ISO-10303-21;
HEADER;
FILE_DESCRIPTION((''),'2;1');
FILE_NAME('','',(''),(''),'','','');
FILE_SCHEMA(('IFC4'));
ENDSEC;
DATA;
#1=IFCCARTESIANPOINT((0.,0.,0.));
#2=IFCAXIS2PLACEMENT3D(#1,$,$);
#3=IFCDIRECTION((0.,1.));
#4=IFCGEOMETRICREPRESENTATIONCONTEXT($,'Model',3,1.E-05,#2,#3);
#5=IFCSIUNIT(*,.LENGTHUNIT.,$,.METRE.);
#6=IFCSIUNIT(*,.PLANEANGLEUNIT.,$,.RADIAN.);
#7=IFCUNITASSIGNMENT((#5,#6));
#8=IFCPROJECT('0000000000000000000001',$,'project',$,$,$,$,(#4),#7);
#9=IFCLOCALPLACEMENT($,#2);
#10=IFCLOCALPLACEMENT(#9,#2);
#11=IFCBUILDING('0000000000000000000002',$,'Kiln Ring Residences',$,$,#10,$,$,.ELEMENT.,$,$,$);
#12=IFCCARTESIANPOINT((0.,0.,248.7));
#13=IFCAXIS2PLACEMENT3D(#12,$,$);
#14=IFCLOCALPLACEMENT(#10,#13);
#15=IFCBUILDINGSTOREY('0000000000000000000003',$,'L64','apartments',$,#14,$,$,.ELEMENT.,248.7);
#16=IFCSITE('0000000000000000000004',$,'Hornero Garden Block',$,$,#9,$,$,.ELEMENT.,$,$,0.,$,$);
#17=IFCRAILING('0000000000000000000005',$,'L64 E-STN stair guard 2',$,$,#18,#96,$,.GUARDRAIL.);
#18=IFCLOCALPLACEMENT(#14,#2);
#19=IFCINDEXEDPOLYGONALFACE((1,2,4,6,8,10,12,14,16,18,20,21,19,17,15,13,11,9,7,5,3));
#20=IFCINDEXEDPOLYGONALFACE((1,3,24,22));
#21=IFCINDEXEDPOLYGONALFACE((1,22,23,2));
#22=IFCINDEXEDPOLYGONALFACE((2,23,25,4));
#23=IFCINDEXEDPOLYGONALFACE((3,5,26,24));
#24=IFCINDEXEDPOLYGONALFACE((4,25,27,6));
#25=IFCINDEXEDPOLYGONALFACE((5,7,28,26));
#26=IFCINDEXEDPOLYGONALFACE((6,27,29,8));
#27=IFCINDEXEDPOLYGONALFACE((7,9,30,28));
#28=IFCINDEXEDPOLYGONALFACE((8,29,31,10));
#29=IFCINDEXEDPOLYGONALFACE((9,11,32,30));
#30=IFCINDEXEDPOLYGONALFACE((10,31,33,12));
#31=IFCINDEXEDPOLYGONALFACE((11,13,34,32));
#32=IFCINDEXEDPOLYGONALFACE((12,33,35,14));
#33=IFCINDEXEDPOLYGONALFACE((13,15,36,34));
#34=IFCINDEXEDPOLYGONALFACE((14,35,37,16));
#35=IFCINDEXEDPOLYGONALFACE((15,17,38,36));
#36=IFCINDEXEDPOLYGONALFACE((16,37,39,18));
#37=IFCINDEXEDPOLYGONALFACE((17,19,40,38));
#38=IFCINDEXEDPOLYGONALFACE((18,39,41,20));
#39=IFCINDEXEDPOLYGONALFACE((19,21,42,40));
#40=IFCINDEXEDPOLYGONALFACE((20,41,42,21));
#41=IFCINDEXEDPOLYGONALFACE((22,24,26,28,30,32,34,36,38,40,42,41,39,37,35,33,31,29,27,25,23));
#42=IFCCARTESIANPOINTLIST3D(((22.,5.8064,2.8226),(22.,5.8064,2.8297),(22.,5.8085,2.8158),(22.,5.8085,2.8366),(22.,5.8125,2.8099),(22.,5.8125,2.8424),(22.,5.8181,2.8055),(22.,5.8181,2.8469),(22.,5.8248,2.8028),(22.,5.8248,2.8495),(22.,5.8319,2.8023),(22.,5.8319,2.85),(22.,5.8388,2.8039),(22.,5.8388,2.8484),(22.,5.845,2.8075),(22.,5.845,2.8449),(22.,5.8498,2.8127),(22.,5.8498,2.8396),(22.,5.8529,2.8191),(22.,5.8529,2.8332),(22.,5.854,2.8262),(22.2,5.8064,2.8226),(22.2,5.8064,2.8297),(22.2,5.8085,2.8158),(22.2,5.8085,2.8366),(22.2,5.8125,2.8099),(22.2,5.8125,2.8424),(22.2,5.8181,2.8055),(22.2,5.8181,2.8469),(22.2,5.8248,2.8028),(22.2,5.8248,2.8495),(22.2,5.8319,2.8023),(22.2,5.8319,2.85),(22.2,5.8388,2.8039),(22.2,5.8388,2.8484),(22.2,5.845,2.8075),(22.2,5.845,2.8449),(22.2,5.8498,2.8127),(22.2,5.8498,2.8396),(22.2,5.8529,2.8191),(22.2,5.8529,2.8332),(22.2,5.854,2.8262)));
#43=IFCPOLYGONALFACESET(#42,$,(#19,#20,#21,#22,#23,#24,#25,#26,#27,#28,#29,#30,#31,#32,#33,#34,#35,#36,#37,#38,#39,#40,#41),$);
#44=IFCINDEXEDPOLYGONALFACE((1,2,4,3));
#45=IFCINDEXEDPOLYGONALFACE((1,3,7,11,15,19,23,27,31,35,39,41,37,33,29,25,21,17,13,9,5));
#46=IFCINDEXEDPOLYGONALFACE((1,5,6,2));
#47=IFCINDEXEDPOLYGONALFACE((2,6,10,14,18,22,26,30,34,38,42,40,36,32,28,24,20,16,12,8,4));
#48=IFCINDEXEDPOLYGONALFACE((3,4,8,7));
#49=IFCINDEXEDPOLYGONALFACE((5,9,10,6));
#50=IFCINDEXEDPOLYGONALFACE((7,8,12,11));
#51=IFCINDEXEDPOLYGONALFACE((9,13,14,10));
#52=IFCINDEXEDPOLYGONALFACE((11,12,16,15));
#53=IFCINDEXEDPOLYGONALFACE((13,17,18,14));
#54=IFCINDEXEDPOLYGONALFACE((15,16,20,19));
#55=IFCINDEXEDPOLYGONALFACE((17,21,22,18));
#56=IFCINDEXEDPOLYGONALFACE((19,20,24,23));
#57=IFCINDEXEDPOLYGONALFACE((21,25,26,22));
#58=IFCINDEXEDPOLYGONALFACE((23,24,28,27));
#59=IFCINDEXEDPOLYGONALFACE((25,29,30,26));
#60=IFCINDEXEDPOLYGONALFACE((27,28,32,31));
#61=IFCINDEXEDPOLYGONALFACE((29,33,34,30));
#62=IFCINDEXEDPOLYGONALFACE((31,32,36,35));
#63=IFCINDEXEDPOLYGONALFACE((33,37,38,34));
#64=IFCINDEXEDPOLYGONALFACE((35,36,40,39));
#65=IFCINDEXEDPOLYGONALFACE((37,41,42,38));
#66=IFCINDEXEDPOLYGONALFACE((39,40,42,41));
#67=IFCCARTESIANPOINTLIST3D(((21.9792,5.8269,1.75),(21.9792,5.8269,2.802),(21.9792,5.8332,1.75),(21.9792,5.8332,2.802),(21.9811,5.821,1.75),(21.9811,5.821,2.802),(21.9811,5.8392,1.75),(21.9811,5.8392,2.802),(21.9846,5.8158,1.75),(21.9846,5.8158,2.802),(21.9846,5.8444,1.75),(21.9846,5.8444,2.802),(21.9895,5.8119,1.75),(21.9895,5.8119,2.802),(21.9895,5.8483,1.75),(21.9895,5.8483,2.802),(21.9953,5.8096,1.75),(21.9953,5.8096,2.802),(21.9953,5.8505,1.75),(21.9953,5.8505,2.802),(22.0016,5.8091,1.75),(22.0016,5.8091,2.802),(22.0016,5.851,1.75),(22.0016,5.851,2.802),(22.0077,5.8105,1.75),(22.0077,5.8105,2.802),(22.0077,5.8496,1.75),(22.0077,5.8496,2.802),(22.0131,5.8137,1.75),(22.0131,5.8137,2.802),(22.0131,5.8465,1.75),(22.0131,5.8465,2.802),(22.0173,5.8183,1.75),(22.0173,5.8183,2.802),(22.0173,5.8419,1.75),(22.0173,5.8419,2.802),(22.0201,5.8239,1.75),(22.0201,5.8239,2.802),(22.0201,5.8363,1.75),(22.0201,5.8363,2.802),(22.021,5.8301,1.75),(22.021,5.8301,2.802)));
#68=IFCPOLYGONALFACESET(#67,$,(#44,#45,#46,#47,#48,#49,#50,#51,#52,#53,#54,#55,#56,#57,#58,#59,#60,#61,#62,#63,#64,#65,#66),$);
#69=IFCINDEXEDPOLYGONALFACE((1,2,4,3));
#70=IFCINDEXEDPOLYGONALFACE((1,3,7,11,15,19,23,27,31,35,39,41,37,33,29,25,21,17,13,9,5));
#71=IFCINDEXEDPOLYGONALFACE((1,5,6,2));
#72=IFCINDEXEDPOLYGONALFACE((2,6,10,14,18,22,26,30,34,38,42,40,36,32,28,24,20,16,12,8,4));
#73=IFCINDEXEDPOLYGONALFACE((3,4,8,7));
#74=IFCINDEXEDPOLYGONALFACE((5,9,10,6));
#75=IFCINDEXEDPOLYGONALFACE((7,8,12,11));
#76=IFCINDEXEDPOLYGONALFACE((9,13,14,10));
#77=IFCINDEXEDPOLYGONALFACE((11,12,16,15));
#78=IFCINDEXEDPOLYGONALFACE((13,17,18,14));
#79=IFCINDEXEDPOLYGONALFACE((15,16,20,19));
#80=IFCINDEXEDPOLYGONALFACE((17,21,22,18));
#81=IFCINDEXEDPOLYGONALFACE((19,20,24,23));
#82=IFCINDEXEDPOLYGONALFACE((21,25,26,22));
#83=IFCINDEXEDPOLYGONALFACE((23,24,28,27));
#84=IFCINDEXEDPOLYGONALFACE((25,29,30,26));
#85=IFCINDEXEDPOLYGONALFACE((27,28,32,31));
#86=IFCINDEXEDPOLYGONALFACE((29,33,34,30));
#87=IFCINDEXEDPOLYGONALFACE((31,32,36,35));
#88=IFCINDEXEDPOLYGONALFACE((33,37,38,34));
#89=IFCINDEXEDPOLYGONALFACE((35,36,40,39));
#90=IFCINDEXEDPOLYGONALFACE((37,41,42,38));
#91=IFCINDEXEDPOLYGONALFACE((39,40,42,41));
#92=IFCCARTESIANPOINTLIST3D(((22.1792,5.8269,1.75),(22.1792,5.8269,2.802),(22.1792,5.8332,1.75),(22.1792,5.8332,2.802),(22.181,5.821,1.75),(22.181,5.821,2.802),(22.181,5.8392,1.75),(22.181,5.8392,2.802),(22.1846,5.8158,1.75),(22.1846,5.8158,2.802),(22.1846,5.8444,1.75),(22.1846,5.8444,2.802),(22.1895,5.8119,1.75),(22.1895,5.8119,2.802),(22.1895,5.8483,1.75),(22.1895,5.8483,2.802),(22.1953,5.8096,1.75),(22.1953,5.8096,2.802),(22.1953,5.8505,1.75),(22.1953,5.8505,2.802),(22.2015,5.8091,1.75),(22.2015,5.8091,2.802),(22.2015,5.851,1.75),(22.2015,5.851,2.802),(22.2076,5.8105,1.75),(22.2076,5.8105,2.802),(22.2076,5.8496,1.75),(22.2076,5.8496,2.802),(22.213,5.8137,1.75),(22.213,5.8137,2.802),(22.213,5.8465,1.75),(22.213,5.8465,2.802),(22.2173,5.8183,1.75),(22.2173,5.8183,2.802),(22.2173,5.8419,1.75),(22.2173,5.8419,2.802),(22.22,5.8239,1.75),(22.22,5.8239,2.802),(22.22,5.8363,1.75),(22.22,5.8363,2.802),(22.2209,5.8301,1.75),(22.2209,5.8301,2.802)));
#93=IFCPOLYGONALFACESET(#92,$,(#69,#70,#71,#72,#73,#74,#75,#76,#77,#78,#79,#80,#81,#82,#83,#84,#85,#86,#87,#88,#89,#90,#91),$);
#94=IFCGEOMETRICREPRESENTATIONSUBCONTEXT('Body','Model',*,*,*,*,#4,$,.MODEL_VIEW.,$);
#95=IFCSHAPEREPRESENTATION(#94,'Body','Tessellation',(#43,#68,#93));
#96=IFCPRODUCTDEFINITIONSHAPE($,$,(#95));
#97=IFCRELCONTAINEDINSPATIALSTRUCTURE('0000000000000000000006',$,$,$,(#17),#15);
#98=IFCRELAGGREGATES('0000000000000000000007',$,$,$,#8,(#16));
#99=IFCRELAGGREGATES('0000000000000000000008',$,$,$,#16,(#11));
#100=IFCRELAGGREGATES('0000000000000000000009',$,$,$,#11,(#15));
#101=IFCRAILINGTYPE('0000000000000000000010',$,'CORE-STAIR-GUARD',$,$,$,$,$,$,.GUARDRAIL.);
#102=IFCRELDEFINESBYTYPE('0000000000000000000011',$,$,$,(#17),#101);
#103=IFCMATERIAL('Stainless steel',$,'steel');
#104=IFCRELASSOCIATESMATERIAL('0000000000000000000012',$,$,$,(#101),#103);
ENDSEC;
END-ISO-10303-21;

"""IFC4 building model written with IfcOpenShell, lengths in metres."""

from ifc_helpers import new_model, si_unit, direction, frame, origin, origin_2d, place, context, subcontext, project, spatial, circle, extrude, material, type_object, element, save


model = new_model("IFC4")

# Units and contexts
model_context = context("Model", 3, precision=1e-05, world=origin(), true_north=direction((0.0, 1.0)))
body_context = subcontext(model_context, "Body", "Model", "MODEL_VIEW")
ifc_project = project(units=[si_unit("LENGTHUNIT", "METRE"), si_unit("PLANEANGLEUNIT", "RADIAN")], contexts=[model_context])

# Site, building, storey
site_placement = place(None, origin())
site = spatial("IfcSite", under=ifc_project, at=site_placement, Name="Hornero Garden Block", CompositionType="ELEMENT", RefElevation=0.0)
building_placement = place(site_placement, origin())
building = spatial("IfcBuilding", under=site, at=building_placement, Name="Kiln Ring Residences", CompositionType="ELEMENT")
storey_placement = place(building_placement, frame((0.0, 0.0, 248.7)))
storey = spatial("IfcBuildingStorey", under=building, at=storey_placement, Name="L64", Description="apartments", CompositionType="ELEMENT", Elevation=248.7)

# Railing
ifc_material_1 = material(Name="Stainless steel", Category="steel")
railing_type_1 = type_object("IfcRailingType", Name="CORE-STAIR-GUARD", PredefinedType="GUARDRAIL", material=ifc_material_1)
railing_1_placement = place(storey_placement, frame((22.0, 5.8301, 1.75)))
element("IfcRailing", 1, at=railing_1_placement, inside=storey, type_object=railing_type_1, Name="L64 E-STN stair guard 2", PredefinedType="GUARDRAIL", context=body_context, shape_type="SweptSolid", body=[
    extrude(circle(Radius=0.0239, at=origin_2d()), frame((0.0, 0.0, 1.0762), z_axis=(1.0, 0.0, 0.0), x_axis=(0.0, 1.0, 0.0)), (0.0, 0.0, 1.0), 0.2),
    extrude(circle(Radius=0.021, at=origin_2d()), origin(), (0.0, 0.0, 1.0), 1.052),
    extrude(circle(Radius=0.021, at=origin_2d()), frame((0.2, 0.0, 0.0)), (0.0, 0.0, 1.0), 1.052),
])

save(model, "model.ifc")
